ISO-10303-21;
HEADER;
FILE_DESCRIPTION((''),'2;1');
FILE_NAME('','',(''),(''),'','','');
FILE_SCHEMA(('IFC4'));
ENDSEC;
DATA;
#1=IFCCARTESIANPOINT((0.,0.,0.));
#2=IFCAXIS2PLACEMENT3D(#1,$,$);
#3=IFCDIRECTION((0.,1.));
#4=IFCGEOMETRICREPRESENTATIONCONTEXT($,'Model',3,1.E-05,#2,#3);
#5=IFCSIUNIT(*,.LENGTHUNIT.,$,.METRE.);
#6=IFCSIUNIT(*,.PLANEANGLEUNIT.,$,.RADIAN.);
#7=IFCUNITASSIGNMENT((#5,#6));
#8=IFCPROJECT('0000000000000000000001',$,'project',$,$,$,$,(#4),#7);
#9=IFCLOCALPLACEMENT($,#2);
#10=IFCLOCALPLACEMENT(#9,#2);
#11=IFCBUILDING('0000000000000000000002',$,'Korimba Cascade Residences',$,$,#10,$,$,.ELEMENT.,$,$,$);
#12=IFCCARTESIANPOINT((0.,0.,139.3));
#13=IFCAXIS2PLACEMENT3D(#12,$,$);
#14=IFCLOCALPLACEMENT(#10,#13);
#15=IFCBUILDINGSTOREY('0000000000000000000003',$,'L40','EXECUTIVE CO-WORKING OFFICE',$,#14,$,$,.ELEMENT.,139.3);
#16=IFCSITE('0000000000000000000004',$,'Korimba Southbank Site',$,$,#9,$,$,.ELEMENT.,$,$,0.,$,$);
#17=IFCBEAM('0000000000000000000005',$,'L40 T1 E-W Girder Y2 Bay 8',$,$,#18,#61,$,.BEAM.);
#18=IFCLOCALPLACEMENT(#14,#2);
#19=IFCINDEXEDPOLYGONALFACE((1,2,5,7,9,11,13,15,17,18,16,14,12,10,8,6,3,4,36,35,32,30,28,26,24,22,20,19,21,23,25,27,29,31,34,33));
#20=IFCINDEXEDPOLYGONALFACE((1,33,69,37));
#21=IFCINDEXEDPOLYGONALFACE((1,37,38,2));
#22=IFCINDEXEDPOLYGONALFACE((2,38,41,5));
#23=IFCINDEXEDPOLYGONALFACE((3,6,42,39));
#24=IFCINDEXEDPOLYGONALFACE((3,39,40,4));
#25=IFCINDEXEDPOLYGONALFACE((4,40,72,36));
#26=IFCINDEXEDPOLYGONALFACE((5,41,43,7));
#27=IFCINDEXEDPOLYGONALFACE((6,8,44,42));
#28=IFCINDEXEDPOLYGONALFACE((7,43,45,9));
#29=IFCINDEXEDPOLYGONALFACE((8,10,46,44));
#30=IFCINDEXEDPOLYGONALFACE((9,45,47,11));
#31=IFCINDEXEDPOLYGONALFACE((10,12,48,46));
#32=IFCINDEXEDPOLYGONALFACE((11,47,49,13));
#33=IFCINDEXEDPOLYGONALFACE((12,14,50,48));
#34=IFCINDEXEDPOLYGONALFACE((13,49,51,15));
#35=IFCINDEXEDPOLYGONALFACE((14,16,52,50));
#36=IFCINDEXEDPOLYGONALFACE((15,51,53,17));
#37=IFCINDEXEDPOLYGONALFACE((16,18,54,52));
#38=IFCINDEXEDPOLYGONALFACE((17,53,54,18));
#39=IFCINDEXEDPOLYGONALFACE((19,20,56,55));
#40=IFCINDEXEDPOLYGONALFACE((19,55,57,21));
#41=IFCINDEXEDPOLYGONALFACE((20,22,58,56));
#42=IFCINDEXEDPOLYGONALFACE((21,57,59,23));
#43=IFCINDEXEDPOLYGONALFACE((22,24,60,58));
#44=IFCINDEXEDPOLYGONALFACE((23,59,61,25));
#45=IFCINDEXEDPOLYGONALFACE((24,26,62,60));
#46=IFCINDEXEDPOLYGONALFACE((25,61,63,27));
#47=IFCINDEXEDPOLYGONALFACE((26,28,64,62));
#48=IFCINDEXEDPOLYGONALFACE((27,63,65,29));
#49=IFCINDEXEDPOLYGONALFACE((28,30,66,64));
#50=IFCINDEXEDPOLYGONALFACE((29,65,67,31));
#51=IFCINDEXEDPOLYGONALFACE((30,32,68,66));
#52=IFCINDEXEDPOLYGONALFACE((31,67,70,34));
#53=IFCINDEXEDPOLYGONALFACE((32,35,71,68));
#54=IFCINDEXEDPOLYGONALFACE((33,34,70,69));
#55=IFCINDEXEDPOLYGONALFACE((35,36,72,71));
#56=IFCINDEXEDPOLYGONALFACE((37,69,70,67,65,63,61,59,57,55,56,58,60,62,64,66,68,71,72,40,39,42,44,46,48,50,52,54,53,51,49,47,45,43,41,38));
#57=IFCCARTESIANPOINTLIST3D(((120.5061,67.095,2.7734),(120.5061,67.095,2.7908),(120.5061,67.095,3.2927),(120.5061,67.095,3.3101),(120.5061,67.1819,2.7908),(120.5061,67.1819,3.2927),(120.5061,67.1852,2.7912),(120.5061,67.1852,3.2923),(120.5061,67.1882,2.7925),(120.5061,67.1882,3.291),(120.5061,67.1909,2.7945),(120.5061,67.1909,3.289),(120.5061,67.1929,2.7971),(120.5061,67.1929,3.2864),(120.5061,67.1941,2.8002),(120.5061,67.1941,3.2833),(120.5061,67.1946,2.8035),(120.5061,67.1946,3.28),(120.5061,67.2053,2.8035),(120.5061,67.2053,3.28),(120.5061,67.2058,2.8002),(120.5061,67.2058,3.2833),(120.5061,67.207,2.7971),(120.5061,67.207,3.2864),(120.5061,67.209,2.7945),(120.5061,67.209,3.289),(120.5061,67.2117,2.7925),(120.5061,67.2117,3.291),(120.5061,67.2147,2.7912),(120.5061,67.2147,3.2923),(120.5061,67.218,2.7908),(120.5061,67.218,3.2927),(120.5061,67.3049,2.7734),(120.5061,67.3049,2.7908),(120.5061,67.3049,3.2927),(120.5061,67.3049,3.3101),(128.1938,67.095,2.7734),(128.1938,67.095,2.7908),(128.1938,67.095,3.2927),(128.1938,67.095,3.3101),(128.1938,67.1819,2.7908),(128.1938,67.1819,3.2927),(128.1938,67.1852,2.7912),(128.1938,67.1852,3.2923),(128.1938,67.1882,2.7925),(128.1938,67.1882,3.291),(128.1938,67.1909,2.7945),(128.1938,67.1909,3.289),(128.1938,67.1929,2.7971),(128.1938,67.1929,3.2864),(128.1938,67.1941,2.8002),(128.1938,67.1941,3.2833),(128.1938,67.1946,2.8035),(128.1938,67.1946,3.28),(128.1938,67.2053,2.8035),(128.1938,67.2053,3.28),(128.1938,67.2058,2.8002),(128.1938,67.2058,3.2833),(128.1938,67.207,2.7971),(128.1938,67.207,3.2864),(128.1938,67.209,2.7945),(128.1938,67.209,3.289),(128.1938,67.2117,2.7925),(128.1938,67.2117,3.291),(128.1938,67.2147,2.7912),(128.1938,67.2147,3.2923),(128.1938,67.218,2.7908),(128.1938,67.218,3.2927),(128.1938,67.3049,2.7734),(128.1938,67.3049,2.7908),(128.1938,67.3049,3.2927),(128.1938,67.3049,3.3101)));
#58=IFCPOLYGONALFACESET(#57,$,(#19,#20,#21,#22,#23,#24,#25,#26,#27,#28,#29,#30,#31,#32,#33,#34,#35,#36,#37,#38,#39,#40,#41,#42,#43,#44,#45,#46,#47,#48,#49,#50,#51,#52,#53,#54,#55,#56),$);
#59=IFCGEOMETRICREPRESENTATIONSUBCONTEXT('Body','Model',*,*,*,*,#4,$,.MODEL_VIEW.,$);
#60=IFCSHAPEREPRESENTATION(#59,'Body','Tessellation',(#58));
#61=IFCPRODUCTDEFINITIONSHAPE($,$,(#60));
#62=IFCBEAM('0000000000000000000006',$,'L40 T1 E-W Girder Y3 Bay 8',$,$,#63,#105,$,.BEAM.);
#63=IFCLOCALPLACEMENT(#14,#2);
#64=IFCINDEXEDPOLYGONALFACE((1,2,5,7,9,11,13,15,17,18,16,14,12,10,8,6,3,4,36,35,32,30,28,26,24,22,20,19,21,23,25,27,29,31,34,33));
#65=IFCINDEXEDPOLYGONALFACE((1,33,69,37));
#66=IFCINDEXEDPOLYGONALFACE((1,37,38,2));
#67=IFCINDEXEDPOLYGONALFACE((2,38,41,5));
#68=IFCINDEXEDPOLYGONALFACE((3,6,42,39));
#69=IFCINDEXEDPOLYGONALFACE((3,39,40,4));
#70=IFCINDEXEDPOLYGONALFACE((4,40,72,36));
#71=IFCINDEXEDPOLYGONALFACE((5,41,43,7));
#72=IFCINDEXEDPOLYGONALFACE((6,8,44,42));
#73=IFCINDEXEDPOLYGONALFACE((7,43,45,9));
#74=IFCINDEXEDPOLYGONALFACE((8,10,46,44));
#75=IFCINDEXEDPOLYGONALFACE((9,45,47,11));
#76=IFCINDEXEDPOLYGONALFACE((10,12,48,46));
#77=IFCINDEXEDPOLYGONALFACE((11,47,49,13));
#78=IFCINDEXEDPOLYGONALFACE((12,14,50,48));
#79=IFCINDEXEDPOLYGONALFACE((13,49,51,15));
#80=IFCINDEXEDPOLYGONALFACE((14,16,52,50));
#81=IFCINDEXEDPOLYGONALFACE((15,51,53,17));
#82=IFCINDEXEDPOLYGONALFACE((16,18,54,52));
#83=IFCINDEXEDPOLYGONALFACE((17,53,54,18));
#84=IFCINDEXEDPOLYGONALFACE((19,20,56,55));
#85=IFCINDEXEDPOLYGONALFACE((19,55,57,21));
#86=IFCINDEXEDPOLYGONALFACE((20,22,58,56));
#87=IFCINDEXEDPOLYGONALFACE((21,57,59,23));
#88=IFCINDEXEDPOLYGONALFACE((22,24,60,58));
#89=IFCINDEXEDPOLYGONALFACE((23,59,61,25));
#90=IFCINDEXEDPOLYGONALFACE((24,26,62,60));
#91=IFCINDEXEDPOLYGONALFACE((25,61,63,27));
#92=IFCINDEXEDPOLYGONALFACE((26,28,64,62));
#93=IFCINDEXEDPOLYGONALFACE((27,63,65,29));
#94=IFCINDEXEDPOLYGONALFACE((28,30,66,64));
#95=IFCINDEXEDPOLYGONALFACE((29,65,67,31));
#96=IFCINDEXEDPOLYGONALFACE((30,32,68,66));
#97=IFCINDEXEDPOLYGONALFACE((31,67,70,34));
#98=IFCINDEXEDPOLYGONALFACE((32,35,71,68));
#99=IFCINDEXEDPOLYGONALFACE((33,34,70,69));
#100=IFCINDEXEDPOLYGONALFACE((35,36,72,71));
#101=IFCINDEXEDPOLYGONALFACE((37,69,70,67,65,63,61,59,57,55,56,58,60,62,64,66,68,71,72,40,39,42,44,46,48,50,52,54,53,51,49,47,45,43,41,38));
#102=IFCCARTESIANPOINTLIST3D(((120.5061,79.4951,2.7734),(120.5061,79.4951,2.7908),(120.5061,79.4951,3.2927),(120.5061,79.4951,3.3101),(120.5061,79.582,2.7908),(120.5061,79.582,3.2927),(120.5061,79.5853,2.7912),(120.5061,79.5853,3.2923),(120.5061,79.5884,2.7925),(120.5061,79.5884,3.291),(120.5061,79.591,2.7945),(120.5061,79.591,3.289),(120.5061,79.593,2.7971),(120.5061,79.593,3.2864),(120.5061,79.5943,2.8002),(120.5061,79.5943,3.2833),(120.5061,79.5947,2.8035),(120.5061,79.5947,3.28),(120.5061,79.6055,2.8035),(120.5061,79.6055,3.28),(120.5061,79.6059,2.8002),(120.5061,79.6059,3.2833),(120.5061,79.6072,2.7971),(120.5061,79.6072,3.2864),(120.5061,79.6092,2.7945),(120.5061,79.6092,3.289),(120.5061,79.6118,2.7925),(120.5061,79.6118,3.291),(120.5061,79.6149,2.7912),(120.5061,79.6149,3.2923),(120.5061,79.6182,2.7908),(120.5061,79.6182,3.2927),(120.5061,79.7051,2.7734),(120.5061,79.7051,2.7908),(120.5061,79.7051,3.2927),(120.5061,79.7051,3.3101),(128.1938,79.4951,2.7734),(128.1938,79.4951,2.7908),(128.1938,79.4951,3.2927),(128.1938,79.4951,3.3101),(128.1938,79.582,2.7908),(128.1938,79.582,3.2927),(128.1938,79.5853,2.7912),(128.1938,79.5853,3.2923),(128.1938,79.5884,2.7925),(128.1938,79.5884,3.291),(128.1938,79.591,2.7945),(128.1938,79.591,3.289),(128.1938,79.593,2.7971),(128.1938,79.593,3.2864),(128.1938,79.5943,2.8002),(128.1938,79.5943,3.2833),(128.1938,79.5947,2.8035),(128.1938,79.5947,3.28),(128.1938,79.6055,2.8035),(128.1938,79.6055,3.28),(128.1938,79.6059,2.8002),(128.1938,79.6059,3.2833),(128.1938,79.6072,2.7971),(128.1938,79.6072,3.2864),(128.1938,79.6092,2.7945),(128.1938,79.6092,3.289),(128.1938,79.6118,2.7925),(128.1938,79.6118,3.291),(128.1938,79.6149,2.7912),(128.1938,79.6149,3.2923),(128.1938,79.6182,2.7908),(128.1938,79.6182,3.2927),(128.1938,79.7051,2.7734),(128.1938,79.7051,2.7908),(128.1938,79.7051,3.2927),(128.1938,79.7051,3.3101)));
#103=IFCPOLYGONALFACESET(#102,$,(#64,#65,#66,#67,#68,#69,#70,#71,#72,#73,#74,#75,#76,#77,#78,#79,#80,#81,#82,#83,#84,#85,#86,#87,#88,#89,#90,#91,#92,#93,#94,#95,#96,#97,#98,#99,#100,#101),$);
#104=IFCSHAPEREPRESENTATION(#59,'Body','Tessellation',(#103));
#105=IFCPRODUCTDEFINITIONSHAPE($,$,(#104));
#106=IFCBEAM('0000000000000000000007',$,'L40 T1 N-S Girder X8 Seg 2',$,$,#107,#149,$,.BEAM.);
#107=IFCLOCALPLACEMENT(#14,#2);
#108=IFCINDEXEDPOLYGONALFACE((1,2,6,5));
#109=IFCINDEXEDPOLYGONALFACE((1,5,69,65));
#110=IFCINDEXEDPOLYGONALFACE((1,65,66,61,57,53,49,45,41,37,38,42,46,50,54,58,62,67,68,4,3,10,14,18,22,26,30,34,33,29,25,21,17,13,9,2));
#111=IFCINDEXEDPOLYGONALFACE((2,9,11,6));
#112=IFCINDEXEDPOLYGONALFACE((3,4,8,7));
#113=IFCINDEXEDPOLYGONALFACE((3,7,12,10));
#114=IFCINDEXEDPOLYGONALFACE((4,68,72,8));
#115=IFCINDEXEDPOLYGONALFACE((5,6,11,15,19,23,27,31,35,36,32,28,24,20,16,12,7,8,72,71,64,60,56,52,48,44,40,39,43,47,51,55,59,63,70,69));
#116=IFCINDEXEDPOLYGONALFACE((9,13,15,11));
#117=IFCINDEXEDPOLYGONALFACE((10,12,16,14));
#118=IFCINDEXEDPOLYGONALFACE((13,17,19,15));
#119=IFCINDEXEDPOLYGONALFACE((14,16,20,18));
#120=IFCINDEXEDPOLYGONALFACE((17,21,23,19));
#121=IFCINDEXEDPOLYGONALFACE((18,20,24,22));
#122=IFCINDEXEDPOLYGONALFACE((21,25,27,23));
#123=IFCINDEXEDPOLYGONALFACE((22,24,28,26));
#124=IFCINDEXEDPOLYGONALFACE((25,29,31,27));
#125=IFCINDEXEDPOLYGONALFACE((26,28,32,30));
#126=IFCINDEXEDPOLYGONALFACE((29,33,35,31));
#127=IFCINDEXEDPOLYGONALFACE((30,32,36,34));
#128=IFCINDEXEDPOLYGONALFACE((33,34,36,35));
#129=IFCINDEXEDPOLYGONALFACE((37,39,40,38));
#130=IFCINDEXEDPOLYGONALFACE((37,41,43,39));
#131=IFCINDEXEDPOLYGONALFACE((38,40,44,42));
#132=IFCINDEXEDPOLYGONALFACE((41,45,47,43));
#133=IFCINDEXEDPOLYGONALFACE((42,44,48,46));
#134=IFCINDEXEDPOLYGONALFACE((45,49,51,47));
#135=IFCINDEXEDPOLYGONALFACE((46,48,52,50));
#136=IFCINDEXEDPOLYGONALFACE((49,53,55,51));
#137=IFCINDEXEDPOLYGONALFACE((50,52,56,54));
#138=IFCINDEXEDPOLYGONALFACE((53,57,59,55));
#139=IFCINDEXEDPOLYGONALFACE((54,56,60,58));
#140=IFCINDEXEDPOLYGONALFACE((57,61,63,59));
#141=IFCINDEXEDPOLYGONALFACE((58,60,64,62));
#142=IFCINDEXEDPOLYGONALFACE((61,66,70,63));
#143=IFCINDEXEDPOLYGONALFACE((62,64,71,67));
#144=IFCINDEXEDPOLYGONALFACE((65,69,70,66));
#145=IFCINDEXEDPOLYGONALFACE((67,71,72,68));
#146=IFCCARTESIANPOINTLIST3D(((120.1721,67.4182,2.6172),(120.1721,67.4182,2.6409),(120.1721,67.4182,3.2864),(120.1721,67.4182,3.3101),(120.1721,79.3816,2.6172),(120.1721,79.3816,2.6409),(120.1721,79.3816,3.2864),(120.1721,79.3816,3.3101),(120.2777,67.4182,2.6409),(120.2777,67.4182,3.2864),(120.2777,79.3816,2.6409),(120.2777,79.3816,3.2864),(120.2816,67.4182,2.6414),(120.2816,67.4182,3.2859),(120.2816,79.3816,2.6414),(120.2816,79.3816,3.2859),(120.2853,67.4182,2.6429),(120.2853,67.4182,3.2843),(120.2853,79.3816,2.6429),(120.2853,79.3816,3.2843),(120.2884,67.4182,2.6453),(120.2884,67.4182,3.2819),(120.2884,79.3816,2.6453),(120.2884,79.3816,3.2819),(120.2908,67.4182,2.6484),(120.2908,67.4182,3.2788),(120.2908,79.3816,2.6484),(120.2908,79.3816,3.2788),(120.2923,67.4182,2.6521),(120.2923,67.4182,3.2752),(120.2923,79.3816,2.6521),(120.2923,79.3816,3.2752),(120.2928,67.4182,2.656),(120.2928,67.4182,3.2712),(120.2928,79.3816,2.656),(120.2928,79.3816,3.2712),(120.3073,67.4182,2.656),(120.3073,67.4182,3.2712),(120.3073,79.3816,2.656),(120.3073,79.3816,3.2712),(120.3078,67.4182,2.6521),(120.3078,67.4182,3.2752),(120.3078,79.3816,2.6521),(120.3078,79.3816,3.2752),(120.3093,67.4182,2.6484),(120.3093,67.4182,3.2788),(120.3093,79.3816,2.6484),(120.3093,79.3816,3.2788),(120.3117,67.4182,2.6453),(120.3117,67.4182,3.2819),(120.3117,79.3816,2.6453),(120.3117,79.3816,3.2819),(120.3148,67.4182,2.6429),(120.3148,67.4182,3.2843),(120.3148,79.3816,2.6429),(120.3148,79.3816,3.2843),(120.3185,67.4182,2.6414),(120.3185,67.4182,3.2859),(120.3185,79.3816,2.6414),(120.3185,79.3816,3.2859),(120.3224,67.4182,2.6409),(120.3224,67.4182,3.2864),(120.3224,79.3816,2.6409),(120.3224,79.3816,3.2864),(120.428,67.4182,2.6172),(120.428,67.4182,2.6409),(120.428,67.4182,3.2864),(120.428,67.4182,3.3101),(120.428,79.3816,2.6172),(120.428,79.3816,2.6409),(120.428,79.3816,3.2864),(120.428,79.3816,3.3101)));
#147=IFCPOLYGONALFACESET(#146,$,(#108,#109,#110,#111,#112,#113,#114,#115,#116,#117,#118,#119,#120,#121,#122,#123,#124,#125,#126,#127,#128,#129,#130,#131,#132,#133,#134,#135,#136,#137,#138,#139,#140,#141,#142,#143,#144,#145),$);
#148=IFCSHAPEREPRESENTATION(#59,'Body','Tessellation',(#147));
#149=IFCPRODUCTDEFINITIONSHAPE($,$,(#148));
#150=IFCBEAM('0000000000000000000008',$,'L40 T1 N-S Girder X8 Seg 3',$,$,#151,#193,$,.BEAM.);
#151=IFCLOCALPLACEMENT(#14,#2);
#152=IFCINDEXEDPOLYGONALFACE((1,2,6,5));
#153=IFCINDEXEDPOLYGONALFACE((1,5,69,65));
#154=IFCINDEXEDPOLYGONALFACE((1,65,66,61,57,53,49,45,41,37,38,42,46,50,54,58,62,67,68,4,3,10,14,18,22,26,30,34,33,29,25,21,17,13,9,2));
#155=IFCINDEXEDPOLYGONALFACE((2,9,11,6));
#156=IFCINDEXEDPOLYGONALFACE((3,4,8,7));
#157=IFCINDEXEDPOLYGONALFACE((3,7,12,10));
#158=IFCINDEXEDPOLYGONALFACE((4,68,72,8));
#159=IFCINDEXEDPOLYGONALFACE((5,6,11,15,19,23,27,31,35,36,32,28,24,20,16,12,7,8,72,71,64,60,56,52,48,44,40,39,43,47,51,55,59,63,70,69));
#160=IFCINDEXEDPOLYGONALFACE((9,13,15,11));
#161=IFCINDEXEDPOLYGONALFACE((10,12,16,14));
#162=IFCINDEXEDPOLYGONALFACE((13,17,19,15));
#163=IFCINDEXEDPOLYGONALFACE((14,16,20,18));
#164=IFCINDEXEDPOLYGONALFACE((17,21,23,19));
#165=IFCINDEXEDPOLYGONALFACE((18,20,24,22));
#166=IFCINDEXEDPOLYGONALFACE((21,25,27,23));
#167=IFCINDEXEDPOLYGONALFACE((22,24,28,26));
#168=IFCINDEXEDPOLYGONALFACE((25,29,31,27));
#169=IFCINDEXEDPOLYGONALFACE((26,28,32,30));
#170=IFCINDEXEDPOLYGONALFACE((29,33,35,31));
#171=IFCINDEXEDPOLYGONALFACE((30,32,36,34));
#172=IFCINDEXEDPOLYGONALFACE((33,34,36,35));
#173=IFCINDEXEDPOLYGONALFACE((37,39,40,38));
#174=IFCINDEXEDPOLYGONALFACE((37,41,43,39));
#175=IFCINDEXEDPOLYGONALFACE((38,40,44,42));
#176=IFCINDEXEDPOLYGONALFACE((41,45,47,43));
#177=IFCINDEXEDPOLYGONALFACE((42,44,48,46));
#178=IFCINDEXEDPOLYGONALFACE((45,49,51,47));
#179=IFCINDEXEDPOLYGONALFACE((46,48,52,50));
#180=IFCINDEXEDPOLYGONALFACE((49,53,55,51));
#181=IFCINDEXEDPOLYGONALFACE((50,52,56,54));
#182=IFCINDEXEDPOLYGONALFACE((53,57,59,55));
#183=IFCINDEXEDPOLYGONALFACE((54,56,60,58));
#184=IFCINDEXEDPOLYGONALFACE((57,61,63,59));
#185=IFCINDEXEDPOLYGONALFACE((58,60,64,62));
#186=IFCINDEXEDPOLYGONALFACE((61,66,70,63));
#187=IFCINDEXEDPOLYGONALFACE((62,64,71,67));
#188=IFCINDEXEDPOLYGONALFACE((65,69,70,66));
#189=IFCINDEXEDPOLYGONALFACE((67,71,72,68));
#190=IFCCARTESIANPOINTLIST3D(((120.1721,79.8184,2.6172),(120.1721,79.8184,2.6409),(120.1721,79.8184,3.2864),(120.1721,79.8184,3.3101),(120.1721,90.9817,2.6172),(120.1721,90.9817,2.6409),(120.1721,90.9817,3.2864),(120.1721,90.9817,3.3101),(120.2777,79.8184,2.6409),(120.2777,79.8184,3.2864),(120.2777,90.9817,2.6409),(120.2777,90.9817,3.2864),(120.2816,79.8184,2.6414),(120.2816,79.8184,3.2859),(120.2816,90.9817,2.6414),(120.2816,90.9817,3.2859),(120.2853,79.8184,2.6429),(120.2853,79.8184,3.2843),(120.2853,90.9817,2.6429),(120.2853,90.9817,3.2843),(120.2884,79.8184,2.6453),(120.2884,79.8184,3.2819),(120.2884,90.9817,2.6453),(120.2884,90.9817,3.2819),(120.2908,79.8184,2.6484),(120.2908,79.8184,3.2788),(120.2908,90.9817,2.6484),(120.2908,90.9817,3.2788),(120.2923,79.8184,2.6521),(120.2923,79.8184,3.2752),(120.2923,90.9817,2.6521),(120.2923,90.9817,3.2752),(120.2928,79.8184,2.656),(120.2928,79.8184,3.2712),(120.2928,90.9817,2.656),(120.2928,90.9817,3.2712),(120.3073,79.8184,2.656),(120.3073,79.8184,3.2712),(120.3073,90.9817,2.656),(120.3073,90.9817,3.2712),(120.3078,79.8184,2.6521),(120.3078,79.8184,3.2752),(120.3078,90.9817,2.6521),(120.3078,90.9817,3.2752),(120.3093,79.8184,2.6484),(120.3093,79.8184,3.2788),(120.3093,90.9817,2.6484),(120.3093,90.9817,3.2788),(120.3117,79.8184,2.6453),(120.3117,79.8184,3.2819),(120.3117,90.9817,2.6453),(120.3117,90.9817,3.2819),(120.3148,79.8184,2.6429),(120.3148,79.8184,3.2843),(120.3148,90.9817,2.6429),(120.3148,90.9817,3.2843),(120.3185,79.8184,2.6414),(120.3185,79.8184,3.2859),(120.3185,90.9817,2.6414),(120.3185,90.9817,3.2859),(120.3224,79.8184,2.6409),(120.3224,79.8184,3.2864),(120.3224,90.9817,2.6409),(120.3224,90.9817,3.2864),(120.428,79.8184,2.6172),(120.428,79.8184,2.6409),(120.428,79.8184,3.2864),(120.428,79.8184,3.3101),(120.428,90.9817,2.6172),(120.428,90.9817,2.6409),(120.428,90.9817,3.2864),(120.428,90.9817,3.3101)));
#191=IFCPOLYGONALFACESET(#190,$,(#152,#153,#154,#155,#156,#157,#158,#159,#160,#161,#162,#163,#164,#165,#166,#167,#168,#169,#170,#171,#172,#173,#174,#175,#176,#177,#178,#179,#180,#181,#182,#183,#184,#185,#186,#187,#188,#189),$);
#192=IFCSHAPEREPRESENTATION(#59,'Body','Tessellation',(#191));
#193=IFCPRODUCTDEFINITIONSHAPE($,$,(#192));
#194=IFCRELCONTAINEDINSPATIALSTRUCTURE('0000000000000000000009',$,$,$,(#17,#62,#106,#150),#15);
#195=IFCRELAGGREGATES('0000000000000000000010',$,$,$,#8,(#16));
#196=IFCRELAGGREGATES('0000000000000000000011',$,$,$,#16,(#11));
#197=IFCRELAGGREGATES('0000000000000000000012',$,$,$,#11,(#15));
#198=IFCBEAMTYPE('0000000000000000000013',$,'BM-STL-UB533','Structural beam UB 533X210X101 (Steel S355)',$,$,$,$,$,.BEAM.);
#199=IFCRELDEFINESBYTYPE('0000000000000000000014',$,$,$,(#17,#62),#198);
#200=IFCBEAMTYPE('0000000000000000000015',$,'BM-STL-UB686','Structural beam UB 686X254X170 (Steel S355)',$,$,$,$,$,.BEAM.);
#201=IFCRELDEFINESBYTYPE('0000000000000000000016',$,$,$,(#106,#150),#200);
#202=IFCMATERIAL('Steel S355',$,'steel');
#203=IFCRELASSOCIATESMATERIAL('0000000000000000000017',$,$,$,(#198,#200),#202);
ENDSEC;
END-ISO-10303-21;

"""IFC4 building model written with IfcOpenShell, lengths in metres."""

from ifc_helpers import new_model, si_unit, direction, frame, origin, origin_2d, place, context, subcontext, project, spatial, i_section, extrude, material, material_profile, profile_set, type_object, element, save


model = new_model("IFC4")

# Units and contexts
model_context = context("Model", 3, precision=1e-05, world=origin(), true_north=direction((0.0, 1.0)))
body_context = subcontext(model_context, "Body", "Model", "MODEL_VIEW")
ifc_project = project(units=[si_unit("LENGTHUNIT", "METRE"), si_unit("PLANEANGLEUNIT", "RADIAN")], contexts=[model_context])

# Site, building, storey
site_placement = place(None, origin())
site = spatial("IfcSite", under=ifc_project, at=site_placement, Name="Korimba Southbank Site", CompositionType="ELEMENT", RefElevation=0.0)
building_placement = place(site_placement, origin())
building = spatial("IfcBuilding", under=site, at=building_placement, Name="Korimba Cascade Residences", CompositionType="ELEMENT")
storey_placement = place(building_placement, frame((0.0, 0.0, 139.3)))
storey = spatial("IfcBuildingStorey", under=building, at=storey_placement, Name="L40", Description="EXECUTIVE CO-WORKING OFFICE", CompositionType="ELEMENT", Elevation=139.3)

# Beams
ifc_material_1 = material(Name="Steel S355", Category="steel")
ifc_material_profile_1 = material_profile(ifc_material_1, i_section(OverallWidth=0.21, OverallDepth=0.5366, WebThickness=0.0107, FlangeThickness=0.0173, FilletRadius=0.0127, at=origin_2d()), Name="Steel S355")
ifc_profile_set_1 = profile_set([ifc_material_profile_1], Name="Steel S355")
beam_type_1 = type_object("IfcBeamType", Name="BM-STL-UB533", Description="Structural beam UB 533X210X101 (Steel S355)", PredefinedType="BEAM", material=ifc_profile_set_1)
for number, where, z_axis, x_axis, name in (
    (1, (120.5061, 67.2, 3.0417), (1.0, 0.0, 0.0), (0.0, 1.0, 0.0), "L40 T1 E-W Girder Y2 Bay 8"),
    (2, (120.5061, 79.6001, 3.0417), (1.0, 0.0, 0.0), (0.0, 1.0, 0.0), "L40 T1 E-W Girder Y3 Bay 8"),
):
    element("IfcBeam", number, at=place(storey_placement, frame(where, z_axis=z_axis, x_axis=x_axis)), inside=storey, type_object=beam_type_1, Name=name, PredefinedType="BEAM", context=body_context, shape_type="SweptSolid", body=[
        extrude(i_section(OverallWidth=0.21, OverallDepth=0.5366, WebThickness=0.0107, FlangeThickness=0.0173, FilletRadius=0.0127, at=origin_2d()), origin(), (0.0, 0.0, 1.0), 7.6877),
    ])
ifc_material_profile_2 = material_profile(ifc_material_1, i_section(OverallWidth=0.2559, OverallDepth=0.6929, WebThickness=0.0144, FlangeThickness=0.0237, FilletRadius=0.0151, at=origin_2d()), Name="Steel S355")
ifc_profile_set_2 = profile_set([ifc_material_profile_2], Name="Steel S355")
beam_type_2 = type_object("IfcBeamType", Name="BM-STL-UB686", Description="Structural beam UB 686X254X170 (Steel S355)", PredefinedType="BEAM", material=ifc_profile_set_2)
beam_1_placement = place(storey_placement, frame((120.3, 67.4182, 2.9636), z_axis=(0.0, 1.0, 0.0), x_axis=(-1.0, 0.0, 0.0)))
element("IfcBeam", 3, at=beam_1_placement, inside=storey, type_object=beam_type_2, Name="L40 T1 N-S Girder X8 Seg 2", PredefinedType="BEAM", context=body_context, shape_type="SweptSolid", body=[
    extrude(i_section(OverallWidth=0.2559, OverallDepth=0.6929, WebThickness=0.0144, FlangeThickness=0.0237, FilletRadius=0.0151, at=origin_2d()), origin(), (0.0, 0.0, 1.0), 11.9634),
])
beam_2_placement = place(storey_placement, frame((120.3, 79.8184, 2.9636), z_axis=(0.0, 1.0, 0.0), x_axis=(-1.0, 0.0, 0.0)))
element("IfcBeam", 4, at=beam_2_placement, inside=storey, type_object=beam_type_2, Name="L40 T1 N-S Girder X8 Seg 3", PredefinedType="BEAM", context=body_context, shape_type="SweptSolid", body=[
    extrude(i_section(OverallWidth=0.2559, OverallDepth=0.6929, WebThickness=0.0144, FlangeThickness=0.0237, FilletRadius=0.0151, at=origin_2d()), origin(), (0.0, 0.0, 1.0), 11.1633),
])

save(model, "model.ifc")
